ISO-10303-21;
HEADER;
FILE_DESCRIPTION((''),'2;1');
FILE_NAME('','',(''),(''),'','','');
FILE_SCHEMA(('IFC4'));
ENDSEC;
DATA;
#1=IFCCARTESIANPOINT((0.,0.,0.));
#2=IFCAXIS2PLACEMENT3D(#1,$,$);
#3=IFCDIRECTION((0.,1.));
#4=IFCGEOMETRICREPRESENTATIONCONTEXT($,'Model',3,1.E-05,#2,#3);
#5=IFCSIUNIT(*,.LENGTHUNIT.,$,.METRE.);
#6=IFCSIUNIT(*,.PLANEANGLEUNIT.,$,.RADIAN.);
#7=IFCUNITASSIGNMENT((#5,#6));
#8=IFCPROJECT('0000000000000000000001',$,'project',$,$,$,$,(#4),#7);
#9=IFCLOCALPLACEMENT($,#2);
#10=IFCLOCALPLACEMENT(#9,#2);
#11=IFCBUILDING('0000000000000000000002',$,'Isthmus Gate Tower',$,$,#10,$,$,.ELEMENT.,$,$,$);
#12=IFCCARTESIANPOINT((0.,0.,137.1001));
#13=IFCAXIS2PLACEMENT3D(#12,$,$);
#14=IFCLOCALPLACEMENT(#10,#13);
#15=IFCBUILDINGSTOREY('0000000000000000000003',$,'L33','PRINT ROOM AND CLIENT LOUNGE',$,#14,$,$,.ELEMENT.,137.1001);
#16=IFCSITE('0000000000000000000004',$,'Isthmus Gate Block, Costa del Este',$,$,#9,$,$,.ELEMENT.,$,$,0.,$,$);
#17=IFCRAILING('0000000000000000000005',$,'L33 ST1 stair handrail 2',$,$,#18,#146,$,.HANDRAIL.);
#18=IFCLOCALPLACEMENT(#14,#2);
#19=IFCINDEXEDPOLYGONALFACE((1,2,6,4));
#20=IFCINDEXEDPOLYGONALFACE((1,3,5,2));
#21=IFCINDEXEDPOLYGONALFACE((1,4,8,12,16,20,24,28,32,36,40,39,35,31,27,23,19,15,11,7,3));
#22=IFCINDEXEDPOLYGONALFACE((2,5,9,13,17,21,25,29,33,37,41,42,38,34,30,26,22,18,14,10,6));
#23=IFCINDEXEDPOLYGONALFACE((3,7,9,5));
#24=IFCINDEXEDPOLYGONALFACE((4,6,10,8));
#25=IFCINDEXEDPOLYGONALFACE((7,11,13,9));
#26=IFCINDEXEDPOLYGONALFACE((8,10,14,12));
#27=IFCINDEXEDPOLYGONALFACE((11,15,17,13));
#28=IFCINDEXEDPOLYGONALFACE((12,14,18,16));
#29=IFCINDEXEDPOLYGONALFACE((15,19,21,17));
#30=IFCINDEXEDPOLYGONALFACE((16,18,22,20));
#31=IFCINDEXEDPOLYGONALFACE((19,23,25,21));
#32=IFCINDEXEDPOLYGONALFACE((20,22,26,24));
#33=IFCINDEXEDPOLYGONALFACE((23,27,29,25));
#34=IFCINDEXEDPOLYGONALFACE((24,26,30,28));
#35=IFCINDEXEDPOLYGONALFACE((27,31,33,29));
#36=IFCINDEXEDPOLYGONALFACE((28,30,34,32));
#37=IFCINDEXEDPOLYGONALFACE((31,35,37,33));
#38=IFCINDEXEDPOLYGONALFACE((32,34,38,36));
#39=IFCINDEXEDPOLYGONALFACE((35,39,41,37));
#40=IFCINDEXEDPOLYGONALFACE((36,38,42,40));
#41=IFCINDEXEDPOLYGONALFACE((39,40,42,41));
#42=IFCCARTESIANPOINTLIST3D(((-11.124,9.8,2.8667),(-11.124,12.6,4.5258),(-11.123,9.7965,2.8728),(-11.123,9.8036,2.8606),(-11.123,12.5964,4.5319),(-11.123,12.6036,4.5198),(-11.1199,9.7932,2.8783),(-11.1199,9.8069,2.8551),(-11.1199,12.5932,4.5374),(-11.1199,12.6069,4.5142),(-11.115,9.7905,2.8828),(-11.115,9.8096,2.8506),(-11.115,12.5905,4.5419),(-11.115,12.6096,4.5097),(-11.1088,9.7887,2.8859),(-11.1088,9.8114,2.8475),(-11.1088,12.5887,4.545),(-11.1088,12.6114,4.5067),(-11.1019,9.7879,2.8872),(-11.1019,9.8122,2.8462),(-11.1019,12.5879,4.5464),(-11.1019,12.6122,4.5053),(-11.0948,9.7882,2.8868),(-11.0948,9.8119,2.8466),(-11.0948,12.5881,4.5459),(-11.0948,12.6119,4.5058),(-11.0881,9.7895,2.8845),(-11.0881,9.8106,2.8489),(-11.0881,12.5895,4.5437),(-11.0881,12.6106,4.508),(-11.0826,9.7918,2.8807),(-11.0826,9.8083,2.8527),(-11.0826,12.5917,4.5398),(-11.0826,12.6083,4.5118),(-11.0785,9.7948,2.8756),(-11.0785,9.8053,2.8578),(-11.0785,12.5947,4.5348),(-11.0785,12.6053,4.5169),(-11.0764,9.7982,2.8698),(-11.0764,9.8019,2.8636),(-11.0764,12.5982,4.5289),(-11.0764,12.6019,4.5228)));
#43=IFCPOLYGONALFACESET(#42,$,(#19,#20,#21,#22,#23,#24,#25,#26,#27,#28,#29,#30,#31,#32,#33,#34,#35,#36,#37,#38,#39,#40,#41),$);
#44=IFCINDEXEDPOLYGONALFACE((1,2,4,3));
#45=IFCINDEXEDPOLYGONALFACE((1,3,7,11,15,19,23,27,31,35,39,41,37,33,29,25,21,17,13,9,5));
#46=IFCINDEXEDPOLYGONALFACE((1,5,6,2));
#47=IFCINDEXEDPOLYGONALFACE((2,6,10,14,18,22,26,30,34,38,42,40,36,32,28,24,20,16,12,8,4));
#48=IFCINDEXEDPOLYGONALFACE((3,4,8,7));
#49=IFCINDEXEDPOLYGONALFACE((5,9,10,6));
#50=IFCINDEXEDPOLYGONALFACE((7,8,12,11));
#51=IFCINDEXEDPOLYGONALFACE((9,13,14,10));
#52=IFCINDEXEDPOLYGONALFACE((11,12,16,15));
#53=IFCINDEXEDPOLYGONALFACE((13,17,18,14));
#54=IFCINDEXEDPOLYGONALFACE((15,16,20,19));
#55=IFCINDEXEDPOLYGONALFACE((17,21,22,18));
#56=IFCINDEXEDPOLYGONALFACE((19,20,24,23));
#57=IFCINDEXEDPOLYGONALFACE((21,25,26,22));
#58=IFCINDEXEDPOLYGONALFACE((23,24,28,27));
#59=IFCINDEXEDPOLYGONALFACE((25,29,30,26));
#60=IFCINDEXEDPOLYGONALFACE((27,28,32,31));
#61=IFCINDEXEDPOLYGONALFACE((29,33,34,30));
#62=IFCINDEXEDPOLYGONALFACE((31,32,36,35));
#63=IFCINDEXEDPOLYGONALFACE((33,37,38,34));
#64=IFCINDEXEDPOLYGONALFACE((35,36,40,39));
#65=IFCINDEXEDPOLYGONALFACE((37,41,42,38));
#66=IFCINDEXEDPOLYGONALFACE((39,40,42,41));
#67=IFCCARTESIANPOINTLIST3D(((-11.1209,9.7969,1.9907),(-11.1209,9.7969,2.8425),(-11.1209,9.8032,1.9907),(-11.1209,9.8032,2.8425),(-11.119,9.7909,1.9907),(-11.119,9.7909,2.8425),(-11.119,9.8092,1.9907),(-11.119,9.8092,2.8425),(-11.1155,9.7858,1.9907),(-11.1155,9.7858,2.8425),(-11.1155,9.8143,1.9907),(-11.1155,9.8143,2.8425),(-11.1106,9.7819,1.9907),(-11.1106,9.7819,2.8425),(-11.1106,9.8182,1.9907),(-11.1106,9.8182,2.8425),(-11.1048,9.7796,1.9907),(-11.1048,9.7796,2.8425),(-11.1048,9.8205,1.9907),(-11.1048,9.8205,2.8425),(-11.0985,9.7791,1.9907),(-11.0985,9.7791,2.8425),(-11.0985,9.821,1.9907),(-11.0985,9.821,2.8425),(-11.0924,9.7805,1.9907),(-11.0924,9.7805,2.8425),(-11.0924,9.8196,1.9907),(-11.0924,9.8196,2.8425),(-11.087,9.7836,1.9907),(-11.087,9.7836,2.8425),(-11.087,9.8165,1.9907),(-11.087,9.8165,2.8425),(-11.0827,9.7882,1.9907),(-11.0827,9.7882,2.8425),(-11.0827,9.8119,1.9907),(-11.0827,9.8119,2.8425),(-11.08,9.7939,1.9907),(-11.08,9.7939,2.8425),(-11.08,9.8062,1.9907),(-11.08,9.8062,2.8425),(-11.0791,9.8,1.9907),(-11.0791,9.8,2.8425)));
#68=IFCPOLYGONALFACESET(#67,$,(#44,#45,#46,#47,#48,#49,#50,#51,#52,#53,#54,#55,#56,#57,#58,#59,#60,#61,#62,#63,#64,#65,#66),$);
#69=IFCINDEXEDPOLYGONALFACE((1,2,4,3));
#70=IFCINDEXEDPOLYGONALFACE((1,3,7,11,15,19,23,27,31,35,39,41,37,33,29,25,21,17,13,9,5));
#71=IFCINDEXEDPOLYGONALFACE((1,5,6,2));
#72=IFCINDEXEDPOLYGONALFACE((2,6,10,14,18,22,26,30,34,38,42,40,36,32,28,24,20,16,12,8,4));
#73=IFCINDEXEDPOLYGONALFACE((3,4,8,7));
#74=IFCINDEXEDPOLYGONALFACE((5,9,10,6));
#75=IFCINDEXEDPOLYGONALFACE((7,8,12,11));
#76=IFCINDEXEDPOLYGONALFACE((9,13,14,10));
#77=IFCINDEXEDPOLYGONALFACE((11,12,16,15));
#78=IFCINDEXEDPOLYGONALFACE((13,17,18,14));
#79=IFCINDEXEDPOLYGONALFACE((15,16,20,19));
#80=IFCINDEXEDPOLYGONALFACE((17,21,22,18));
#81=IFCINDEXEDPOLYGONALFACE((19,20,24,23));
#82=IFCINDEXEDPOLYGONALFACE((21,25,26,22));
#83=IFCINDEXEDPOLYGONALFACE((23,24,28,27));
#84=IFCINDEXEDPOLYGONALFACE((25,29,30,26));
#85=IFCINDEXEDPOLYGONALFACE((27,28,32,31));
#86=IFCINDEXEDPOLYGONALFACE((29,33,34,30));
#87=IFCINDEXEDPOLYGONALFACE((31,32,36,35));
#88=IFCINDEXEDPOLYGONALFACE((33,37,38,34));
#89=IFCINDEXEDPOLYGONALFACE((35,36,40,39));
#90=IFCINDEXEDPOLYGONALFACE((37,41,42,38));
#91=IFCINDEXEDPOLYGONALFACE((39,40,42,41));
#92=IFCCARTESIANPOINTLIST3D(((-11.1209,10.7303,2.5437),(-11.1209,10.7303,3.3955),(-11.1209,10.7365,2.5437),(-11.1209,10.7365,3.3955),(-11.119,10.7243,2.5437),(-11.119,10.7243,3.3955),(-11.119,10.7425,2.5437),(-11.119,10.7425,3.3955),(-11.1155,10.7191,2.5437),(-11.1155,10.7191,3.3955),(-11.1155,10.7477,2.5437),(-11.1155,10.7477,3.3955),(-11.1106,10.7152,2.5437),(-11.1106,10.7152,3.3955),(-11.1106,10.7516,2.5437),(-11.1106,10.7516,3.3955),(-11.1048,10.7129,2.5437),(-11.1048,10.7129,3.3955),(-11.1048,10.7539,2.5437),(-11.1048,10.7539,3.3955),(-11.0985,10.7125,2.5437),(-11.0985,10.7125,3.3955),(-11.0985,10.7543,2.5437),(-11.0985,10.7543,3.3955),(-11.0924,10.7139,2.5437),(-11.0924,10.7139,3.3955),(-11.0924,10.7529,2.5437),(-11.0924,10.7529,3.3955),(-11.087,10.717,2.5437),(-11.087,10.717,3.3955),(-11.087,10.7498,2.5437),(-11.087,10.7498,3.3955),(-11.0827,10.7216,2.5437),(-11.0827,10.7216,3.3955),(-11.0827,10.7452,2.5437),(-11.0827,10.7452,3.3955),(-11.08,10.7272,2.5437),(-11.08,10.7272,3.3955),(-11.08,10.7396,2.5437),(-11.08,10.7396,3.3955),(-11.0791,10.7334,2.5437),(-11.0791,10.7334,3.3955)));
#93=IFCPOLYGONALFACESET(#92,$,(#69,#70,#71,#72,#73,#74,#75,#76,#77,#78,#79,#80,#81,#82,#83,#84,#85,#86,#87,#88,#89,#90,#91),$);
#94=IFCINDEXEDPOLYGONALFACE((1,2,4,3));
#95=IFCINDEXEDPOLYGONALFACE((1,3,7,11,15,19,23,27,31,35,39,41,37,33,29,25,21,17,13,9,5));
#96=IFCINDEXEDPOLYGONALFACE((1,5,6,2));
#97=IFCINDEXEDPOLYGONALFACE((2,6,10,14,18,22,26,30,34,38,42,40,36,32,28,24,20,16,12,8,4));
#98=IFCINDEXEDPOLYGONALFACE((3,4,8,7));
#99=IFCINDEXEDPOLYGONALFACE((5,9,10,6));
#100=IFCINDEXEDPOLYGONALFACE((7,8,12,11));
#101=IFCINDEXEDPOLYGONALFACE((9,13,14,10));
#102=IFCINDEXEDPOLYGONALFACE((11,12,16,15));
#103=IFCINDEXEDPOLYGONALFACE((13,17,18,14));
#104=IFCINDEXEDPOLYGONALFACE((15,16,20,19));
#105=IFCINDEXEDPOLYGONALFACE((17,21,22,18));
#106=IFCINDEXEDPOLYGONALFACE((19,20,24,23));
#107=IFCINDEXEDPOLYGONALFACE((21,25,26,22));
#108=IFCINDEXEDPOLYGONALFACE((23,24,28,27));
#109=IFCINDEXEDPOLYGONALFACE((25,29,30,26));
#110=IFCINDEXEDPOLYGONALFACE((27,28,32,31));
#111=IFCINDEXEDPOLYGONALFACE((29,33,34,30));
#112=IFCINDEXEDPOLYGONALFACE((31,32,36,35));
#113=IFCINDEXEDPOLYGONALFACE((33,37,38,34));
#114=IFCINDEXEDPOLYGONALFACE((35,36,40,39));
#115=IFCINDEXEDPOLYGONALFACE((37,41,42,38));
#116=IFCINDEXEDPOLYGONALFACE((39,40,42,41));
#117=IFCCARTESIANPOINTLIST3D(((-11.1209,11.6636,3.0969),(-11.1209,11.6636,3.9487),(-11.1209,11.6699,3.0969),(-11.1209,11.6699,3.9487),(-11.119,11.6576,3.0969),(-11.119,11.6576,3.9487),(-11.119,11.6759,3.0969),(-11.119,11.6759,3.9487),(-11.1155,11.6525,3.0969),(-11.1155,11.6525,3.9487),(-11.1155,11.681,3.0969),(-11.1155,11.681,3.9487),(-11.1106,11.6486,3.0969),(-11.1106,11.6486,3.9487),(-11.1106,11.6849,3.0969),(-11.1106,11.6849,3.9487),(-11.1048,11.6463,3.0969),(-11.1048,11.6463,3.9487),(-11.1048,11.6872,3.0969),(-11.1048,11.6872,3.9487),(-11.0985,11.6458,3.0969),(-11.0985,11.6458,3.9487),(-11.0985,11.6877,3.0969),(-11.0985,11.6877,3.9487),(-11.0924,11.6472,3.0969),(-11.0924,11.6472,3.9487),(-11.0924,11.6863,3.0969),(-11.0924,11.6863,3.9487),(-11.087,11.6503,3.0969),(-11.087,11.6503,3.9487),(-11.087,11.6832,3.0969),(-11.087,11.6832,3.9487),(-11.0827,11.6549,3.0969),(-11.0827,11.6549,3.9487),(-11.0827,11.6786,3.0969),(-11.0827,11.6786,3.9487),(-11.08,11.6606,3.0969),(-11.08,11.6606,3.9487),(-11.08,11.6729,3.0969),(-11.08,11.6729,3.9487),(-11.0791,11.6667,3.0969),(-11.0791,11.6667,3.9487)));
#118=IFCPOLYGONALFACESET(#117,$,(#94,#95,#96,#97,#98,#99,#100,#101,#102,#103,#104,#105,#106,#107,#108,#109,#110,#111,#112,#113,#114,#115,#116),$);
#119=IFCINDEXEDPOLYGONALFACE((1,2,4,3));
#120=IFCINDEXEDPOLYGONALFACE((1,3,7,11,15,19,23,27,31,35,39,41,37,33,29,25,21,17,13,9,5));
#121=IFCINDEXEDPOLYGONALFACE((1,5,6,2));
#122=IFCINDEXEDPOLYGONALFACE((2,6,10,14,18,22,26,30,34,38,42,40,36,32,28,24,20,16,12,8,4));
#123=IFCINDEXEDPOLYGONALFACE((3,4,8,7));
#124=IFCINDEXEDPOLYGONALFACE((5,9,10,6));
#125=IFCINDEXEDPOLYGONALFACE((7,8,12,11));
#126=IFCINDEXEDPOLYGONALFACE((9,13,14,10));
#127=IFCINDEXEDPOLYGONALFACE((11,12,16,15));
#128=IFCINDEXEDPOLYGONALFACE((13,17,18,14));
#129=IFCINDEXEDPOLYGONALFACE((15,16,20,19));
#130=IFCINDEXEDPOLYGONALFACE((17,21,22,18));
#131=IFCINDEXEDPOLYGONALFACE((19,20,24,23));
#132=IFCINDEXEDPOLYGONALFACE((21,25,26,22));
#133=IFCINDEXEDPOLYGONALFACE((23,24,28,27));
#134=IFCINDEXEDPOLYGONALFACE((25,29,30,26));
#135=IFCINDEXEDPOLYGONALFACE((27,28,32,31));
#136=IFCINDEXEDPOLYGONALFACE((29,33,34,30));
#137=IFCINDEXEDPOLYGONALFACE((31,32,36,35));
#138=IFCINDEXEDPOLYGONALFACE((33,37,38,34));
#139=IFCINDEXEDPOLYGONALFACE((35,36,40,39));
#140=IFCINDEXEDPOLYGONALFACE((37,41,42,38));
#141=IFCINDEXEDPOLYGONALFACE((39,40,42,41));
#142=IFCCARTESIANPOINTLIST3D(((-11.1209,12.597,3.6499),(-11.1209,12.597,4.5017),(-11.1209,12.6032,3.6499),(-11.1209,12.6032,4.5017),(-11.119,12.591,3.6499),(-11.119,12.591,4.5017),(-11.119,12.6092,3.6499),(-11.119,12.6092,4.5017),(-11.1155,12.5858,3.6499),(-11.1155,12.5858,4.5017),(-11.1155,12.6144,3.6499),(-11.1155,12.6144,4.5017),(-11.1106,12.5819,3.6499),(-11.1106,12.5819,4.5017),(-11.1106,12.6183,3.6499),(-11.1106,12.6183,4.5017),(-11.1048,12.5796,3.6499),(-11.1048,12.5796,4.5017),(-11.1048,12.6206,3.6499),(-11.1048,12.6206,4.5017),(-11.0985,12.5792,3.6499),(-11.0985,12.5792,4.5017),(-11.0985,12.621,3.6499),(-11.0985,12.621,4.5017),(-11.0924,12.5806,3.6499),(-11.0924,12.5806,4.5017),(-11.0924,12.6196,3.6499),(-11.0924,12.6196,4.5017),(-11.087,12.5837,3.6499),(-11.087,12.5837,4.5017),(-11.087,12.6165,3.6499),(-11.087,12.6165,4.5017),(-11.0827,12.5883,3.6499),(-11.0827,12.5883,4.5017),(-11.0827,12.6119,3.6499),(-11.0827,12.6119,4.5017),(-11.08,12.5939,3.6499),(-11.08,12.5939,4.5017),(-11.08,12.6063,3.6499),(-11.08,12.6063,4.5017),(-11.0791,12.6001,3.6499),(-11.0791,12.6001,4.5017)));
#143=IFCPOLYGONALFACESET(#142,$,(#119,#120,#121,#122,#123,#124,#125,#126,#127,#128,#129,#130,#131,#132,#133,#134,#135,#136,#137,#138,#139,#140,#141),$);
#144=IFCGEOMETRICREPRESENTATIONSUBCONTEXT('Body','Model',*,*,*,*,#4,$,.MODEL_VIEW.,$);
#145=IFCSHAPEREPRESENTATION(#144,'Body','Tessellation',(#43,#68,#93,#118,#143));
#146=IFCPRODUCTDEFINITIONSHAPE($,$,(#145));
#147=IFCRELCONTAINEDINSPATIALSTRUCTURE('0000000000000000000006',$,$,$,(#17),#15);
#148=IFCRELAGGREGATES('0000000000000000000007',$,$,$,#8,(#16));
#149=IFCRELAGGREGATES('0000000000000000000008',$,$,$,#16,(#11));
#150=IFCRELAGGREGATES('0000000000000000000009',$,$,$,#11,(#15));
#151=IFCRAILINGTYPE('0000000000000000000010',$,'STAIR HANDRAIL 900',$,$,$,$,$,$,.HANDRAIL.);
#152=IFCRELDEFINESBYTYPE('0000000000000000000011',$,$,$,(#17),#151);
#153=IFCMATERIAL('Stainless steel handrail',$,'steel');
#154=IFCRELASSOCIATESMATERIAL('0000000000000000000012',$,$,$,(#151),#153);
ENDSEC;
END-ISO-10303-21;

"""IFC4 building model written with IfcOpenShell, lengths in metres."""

from ifc_helpers import new_model, si_unit, direction, frame, origin, origin_2d, place, context, subcontext, project, spatial, circle, extrude, material, type_object, element, save


model = new_model("IFC4")

# Units and contexts
model_context = context("Model", 3, precision=1e-05, world=origin(), true_north=direction((0.0, 1.0)))
body_context = subcontext(model_context, "Body", "Model", "MODEL_VIEW")
ifc_project = project(units=[si_unit("LENGTHUNIT", "METRE"), si_unit("PLANEANGLEUNIT", "RADIAN")], contexts=[model_context])

# Site, building, storey
site_placement = place(None, origin())
site = spatial("IfcSite", under=ifc_project, at=site_placement, Name="Isthmus Gate Block, Costa del Este", CompositionType="ELEMENT", RefElevation=0.0)
building_placement = place(site_placement, origin())
building = spatial("IfcBuilding", under=site, at=building_placement, Name="Isthmus Gate Tower", CompositionType="ELEMENT")
storey_placement = place(building_placement, frame((0.0, 0.0, 137.1001)))
storey = spatial("IfcBuildingStorey", under=building, at=storey_placement, Name="L33", Description="PRINT ROOM AND CLIENT LOUNGE", CompositionType="ELEMENT", Elevation=137.1001)

# Railing
ifc_material_1 = material(Name="Stainless steel handrail", Category="steel")
railing_type_1 = type_object("IfcRailingType", Name="STAIR HANDRAIL 900", PredefinedType="HANDRAIL", material=ifc_material_1)
railing_1_placement = place(storey_placement, frame((-11.1001, 9.8, 1.9907)))
element("IfcRailing", 1, at=railing_1_placement, inside=storey, type_object=railing_type_1, Name="L33 ST1 stair handrail 2", PredefinedType="HANDRAIL", context=body_context, shape_type="SweptSolid", body=[
    extrude(circle(Radius=0.0239, at=origin_2d()), frame((0.0, 0.0, 0.876), z_axis=(0.0, 0.860306, 0.509778), x_axis=(-1.0, 0.0, 0.0)), (0.0, 0.0, 1.0), 3.2546),
    extrude(circle(Radius=0.021, at=origin_2d()), origin(), (0.0, 0.0, 1.0), 0.8518),
    extrude(circle(Radius=0.021, at=origin_2d()), frame((0.0, 0.9333, 0.553)), (0.0, 0.0, 1.0), 0.8518),
    extrude(circle(Radius=0.021, at=origin_2d()), frame((0.0, 1.8667, 1.1062)), (0.0, 0.0, 1.0), 0.8518),
    extrude(circle(Radius=0.021, at=origin_2d()), frame((0.0, 2.8, 1.6592)), (0.0, 0.0, 1.0), 0.8518),
])

save(model, "model.ifc")
